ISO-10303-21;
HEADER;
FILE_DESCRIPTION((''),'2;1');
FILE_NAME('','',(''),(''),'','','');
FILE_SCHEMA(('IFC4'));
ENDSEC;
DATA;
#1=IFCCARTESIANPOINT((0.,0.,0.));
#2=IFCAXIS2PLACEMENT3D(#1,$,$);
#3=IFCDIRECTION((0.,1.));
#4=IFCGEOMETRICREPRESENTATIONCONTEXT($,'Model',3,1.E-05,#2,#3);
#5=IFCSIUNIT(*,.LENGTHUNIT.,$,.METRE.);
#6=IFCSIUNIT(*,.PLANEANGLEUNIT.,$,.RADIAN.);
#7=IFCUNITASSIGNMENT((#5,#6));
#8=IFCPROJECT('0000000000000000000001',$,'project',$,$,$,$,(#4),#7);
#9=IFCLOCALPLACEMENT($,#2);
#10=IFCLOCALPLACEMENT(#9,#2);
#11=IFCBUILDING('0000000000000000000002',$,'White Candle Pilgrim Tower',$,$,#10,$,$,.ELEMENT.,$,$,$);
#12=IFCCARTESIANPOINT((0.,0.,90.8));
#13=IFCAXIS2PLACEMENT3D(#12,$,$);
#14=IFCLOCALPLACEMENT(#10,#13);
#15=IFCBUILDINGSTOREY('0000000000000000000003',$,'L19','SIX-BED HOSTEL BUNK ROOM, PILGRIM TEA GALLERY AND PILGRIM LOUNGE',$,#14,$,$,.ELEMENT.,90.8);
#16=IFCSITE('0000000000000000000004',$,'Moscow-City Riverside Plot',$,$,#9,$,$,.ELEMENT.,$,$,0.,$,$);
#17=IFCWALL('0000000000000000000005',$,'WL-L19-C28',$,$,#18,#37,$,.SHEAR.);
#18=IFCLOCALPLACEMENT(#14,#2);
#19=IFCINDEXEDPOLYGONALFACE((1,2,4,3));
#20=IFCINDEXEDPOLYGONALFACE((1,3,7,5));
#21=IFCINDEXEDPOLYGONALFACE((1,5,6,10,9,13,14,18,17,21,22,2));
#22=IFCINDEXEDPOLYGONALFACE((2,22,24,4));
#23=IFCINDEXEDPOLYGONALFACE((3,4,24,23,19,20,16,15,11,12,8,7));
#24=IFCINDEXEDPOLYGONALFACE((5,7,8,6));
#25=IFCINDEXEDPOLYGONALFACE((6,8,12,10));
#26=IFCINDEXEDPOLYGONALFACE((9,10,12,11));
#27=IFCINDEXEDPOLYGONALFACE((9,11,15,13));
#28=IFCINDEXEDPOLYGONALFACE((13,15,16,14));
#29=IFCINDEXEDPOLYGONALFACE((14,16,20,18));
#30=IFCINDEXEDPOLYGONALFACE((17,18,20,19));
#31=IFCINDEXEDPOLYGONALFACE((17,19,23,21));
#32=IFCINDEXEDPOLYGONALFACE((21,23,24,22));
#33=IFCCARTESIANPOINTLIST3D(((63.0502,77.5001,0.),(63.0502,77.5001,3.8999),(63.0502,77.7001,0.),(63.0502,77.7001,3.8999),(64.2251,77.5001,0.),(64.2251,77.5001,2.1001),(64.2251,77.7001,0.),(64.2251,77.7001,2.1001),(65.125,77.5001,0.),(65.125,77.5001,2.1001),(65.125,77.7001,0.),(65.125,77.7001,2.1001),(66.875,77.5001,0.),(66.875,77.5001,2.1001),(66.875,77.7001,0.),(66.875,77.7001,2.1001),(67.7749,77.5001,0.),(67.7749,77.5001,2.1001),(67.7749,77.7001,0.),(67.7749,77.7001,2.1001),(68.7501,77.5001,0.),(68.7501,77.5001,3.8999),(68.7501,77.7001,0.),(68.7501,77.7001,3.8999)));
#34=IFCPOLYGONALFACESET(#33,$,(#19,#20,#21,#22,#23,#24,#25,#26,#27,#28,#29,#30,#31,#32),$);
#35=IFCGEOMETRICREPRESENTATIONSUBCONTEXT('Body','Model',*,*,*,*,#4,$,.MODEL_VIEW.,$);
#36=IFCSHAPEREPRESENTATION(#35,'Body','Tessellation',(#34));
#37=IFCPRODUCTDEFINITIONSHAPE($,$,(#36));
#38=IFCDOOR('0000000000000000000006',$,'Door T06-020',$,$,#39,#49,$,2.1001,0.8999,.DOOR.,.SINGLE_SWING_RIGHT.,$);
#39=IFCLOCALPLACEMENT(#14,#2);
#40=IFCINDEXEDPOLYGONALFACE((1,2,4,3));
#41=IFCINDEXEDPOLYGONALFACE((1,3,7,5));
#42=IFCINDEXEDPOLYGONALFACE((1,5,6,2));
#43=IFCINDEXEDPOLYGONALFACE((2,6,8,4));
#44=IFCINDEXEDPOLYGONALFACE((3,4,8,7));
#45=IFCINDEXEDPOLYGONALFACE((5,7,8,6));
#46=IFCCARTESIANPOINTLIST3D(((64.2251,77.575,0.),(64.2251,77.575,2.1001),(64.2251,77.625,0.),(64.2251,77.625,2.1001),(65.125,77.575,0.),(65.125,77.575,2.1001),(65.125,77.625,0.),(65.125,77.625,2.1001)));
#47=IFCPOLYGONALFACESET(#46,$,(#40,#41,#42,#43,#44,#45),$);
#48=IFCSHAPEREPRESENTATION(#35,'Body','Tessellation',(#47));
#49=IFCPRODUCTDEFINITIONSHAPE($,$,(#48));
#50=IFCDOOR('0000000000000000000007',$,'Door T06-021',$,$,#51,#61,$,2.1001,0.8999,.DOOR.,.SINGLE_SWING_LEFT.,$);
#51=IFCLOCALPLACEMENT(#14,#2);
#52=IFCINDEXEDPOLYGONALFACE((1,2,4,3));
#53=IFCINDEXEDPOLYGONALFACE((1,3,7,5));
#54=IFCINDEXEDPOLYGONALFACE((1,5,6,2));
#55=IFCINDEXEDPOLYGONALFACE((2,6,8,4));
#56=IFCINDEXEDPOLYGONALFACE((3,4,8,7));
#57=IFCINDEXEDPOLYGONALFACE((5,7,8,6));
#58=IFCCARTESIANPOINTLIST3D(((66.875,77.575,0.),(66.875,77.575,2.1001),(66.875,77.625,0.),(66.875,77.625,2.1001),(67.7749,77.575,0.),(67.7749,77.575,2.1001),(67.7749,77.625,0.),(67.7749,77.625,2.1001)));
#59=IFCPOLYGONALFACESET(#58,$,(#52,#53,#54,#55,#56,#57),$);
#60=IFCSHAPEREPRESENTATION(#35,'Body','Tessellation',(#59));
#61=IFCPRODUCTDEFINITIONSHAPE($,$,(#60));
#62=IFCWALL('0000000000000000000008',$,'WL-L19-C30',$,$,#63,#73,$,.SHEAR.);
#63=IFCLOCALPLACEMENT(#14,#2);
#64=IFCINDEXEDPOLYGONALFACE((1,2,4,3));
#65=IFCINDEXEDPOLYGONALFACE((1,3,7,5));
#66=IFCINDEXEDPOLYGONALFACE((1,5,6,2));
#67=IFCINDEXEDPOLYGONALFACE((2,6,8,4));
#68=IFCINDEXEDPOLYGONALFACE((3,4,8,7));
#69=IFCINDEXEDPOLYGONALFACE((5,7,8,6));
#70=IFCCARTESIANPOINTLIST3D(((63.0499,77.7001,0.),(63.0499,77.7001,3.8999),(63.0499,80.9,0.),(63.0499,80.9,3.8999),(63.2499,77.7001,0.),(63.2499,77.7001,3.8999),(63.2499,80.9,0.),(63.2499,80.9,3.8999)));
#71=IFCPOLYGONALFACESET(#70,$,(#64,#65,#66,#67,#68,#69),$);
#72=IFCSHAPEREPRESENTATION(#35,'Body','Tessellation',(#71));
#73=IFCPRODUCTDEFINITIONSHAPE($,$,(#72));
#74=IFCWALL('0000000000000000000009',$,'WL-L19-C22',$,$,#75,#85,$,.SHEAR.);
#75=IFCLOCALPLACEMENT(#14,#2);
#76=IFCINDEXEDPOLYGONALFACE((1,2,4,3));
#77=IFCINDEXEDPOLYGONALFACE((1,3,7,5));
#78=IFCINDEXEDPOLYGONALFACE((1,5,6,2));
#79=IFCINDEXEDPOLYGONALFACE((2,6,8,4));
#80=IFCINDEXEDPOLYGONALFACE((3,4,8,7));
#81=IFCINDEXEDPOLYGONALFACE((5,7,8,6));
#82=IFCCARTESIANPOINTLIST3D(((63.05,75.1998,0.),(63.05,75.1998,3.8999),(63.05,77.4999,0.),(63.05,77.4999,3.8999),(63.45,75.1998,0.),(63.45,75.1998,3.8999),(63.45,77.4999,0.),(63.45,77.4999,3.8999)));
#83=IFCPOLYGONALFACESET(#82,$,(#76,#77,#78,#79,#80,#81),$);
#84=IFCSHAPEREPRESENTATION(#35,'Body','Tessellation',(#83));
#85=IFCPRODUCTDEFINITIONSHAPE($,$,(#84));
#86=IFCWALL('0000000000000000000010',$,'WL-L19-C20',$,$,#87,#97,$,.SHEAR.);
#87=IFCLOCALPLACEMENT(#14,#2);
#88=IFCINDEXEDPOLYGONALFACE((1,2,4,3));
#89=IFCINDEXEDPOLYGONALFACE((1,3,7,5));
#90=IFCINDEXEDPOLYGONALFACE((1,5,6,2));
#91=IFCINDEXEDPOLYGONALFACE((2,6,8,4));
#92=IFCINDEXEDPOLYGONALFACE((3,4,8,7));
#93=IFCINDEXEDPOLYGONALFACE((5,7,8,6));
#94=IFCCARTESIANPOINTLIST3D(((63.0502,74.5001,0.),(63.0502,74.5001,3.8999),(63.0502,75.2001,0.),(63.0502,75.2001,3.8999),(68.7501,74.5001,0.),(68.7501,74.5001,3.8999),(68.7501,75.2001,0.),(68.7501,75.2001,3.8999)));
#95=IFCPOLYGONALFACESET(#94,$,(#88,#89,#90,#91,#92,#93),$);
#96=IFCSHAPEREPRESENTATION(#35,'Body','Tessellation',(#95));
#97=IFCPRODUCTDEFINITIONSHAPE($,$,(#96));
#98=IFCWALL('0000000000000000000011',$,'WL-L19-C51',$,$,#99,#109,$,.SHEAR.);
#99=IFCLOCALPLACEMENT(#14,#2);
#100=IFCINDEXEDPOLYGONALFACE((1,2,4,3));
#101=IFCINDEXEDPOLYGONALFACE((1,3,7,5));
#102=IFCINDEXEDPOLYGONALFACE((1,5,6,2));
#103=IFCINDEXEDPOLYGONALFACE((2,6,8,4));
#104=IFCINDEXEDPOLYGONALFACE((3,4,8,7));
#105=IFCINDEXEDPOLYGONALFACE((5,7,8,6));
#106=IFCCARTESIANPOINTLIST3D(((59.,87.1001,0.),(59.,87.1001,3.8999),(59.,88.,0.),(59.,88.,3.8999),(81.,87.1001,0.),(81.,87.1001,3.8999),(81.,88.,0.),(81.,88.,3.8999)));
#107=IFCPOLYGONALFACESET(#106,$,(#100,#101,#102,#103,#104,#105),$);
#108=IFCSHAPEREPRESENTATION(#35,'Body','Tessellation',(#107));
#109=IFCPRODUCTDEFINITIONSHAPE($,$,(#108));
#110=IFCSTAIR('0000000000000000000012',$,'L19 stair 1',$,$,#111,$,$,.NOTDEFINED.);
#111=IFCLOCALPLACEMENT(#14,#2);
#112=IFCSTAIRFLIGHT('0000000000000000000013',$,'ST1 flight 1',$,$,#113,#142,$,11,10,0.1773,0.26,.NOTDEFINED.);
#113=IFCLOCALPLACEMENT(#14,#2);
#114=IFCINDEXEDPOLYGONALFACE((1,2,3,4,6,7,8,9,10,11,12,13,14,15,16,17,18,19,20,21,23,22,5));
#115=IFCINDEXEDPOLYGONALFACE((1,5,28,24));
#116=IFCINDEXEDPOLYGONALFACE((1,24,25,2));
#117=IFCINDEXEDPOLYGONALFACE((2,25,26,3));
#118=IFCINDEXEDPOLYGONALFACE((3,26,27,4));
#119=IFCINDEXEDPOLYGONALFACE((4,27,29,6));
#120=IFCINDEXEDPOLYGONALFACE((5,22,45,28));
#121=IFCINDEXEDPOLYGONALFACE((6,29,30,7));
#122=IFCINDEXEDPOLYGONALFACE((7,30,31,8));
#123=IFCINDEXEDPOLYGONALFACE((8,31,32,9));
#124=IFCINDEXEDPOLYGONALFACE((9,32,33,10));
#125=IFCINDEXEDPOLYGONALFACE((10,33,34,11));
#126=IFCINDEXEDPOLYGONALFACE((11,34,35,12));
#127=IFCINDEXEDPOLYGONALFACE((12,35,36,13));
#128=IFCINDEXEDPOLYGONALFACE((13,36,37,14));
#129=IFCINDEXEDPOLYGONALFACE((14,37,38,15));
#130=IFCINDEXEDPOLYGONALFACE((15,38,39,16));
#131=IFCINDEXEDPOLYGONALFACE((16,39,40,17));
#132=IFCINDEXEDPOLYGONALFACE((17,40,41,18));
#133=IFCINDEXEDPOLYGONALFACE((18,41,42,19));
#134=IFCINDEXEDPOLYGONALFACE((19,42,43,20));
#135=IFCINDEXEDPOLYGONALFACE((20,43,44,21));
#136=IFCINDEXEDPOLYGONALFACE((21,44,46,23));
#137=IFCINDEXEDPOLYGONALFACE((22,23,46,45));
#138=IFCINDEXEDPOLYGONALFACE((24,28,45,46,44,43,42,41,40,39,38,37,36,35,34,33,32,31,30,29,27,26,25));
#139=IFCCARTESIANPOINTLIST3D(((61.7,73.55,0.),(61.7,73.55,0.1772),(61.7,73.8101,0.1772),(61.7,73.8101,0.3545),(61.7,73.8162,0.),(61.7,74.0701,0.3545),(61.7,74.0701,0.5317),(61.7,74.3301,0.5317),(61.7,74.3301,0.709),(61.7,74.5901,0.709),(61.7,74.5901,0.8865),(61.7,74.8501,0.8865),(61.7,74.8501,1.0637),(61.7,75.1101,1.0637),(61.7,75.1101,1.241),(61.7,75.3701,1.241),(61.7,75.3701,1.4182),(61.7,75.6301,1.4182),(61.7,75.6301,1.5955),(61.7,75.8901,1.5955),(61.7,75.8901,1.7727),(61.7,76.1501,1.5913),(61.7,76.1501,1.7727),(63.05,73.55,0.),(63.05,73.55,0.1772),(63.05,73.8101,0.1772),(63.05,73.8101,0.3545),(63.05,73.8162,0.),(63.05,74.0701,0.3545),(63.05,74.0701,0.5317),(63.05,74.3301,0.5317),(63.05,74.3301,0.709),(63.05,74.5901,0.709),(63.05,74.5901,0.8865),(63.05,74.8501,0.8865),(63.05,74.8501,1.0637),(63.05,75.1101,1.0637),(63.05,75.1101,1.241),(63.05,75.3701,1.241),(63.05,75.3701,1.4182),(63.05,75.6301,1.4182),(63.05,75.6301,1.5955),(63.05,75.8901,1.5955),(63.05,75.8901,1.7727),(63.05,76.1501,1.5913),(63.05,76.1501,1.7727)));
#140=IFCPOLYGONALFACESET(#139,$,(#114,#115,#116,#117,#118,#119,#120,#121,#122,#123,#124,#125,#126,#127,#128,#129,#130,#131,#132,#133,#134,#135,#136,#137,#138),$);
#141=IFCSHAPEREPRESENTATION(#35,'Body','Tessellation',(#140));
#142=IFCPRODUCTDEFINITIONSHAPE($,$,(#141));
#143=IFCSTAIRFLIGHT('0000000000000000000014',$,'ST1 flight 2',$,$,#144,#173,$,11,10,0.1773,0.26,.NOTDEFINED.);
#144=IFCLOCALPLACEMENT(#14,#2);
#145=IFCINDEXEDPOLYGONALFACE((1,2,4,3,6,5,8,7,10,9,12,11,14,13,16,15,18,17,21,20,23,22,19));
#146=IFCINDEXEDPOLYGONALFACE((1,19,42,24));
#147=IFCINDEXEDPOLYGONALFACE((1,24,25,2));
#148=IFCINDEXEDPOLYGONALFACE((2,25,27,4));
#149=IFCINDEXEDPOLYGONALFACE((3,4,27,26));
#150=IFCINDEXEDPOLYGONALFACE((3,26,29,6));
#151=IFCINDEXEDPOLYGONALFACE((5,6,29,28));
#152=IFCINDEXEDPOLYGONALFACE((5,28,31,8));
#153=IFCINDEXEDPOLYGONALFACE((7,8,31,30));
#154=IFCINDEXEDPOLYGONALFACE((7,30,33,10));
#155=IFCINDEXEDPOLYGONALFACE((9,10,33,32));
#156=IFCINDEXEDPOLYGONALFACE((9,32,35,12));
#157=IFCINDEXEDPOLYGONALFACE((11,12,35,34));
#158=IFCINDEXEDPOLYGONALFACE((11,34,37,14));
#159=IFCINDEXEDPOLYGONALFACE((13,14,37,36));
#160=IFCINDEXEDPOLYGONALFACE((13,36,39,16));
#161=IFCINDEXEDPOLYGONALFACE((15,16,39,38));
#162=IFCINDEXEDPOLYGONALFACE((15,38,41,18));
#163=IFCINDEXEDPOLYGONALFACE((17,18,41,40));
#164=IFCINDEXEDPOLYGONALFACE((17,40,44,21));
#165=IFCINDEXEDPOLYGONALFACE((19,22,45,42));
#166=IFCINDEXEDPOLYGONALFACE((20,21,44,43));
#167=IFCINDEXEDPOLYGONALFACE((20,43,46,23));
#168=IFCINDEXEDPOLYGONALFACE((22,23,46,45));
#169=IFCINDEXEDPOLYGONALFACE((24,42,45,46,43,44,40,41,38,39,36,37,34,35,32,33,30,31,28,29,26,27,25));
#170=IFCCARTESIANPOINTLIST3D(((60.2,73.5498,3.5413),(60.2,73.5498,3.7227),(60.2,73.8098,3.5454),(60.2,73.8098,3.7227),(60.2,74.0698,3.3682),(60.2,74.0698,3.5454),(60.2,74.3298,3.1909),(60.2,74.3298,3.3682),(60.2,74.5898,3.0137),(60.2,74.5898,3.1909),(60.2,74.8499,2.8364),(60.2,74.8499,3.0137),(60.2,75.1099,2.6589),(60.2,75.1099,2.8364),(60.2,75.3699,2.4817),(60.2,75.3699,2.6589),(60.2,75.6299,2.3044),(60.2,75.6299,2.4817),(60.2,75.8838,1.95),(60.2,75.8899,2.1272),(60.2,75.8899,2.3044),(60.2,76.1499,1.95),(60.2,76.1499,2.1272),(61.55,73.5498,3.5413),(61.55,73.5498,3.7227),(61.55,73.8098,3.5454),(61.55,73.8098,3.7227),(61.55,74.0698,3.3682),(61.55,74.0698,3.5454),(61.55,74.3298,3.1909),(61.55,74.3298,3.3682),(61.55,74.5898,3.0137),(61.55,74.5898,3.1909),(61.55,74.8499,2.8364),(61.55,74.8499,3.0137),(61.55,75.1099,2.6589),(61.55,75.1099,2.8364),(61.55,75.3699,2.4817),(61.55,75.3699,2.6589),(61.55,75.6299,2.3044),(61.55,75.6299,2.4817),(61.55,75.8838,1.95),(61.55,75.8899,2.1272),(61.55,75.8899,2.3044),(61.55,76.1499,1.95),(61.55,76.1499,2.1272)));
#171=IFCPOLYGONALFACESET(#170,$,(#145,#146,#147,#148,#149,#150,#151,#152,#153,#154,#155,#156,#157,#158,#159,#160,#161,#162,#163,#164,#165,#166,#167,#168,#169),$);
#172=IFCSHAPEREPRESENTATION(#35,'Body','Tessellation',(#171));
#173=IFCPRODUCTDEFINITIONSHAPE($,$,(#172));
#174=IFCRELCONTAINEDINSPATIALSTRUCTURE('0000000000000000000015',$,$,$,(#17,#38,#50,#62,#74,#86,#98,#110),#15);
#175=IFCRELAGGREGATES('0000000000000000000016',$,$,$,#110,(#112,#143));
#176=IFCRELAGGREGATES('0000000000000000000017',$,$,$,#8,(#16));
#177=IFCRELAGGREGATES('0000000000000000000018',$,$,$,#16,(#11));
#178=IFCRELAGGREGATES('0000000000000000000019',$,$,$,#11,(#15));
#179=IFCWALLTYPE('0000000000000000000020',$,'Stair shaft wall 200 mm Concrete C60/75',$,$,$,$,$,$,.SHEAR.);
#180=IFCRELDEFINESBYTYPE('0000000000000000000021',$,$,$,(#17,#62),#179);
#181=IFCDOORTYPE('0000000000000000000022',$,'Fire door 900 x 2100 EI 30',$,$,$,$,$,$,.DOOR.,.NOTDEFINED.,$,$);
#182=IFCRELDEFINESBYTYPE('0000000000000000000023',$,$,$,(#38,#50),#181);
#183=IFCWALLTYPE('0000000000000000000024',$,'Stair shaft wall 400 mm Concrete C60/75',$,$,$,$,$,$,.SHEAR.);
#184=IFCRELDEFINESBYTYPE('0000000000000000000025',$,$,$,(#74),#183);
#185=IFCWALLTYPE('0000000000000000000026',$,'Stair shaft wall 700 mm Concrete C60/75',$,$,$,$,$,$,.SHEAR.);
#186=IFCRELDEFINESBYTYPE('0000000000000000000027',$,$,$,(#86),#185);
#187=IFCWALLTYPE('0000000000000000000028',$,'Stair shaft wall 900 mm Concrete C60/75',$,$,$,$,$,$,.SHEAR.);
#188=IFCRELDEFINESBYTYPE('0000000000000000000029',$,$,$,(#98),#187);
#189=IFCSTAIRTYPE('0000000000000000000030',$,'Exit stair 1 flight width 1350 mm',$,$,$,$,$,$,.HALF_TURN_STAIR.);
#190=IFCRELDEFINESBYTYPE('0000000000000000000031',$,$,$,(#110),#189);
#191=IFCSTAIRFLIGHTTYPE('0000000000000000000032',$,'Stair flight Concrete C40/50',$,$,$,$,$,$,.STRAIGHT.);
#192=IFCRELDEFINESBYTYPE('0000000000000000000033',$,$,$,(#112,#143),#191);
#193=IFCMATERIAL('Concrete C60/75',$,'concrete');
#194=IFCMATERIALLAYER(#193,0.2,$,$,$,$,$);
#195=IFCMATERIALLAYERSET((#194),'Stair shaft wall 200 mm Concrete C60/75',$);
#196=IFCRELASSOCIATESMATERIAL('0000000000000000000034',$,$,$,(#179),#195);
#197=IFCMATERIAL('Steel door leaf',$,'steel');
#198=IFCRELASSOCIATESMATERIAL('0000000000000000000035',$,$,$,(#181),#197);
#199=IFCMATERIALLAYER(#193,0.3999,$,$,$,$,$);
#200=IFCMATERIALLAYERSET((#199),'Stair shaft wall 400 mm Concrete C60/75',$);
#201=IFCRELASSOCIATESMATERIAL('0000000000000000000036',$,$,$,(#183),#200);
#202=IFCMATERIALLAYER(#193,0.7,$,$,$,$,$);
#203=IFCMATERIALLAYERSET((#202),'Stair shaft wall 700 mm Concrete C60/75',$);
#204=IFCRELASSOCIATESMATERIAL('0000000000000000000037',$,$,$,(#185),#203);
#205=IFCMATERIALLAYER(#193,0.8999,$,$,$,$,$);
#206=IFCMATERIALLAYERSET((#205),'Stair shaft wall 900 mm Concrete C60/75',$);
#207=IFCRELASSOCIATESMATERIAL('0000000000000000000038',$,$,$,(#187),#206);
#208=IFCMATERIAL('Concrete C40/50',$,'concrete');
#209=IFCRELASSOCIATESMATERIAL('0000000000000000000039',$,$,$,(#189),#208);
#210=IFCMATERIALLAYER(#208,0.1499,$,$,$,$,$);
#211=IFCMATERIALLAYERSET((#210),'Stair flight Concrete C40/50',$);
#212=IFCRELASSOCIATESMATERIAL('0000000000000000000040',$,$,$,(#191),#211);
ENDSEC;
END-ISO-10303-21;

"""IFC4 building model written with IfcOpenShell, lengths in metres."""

from ifc_helpers import new_model, si_unit, direction, frame, frame_2d, origin, place, context, subcontext, project, spatial, polyline, rectangle, outline, extrude, material, layer, layer_set, type_object, element, fill, aggregate, save


model = new_model("IFC4")

# Units and contexts
model_context = context("Model", 3, precision=1e-05, world=origin(), true_north=direction((0.0, 1.0)))
body_context = subcontext(model_context, "Body", "Model", "MODEL_VIEW")
ifc_project = project(units=[si_unit("LENGTHUNIT", "METRE"), si_unit("PLANEANGLEUNIT", "RADIAN")], contexts=[model_context])

# Site, building, storey
site_placement = place(None, origin())
site = spatial("IfcSite", under=ifc_project, at=site_placement, Name="Moscow-City Riverside Plot", CompositionType="ELEMENT", RefElevation=0.0)
building_placement = place(site_placement, origin())
building = spatial("IfcBuilding", under=site, at=building_placement, Name="White Candle Pilgrim Tower", CompositionType="ELEMENT")
storey_placement = place(building_placement, frame((0.0, 0.0, 90.8)))
storey = spatial("IfcBuildingStorey", under=building, at=storey_placement, Name="L19", Description="SIX-BED HOSTEL BUNK ROOM, PILGRIM TEA GALLERY AND PILGRIM LOUNGE", CompositionType="ELEMENT", Elevation=90.8)

# Shared definitions
ifc_material_1 = material(Name="Concrete C60/75", Category="concrete")
ifc_material_2 = material(Name="Steel door leaf", Category="steel")

# Wall, openings, doors
ifc_layer_1 = layer(ifc_material_1, 0.2)
ifc_layer_set_1 = layer_set([ifc_layer_1], Name="Stair shaft wall 200 mm Concrete C60/75")
wall_type_1 = type_object("IfcWallType", Name="Stair shaft wall 200 mm Concrete C60/75", PredefinedType="SHEAR", material=ifc_layer_set_1)
wall_1_placement = place(storey_placement, frame((63.05, 77.6001, 0.0), z_axis=(0.0, 0.0, 1.0), x_axis=(1.0, 0.0, 0.0)))
wall_1 = element("IfcWall", 1, at=wall_1_placement, inside=storey, type_object=wall_type_1, Name="WL-L19-C28", PredefinedType="SHEAR", context=body_context, shape_type="SweptSolid", body=[
    extrude(rectangle(XDim=5.7, YDim=0.2, at=frame_2d((2.8501, 0.0))), origin(), (0.0, 0.0, 1.0), 3.8999),
])
opening_1_placement = place(wall_1_placement, frame((1.175, 0.0, 0.0)))
opening_1 = element("IfcOpeningElement", 2, at=opening_1_placement, cuts=wall_1, PredefinedType="OPENING", context=body_context, shape_type="SweptSolid", body=[
    extrude(rectangle(XDim=0.8999, YDim=2.1001, at=frame_2d((0.45, 1.05))), frame((0.0, 0.1099, 0.0), z_axis=(0.0, -1.0, 0.0), x_axis=(1.0, 0.0, 0.0)), (0.0, 0.0, 1.0), 0.22),
])
opening_2_placement = place(wall_1_placement, frame((3.825, 0.0, 0.0)))
opening_2 = element("IfcOpeningElement", 3, at=opening_2_placement, cuts=wall_1, PredefinedType="OPENING", context=body_context, shape_type="SweptSolid", body=[
    extrude(rectangle(XDim=0.8999, YDim=2.1001, at=frame_2d((0.45, 1.05))), frame((0.0, 0.1099, 0.0), z_axis=(0.0, -1.0, 0.0), x_axis=(1.0, 0.0, 0.0)), (0.0, 0.0, 1.0), 0.22),
])
door_type_1 = type_object("IfcDoorType", Name="Fire door 900 x 2100 EI 30", OperationType="NOTDEFINED", PredefinedType="DOOR", material=ifc_material_2)
door_1_placement = place(opening_1_placement, origin())
door_1 = element("IfcDoor", 4, at=door_1_placement, inside=storey, type_object=door_type_1, Name="Door T06-020", OperationType="SINGLE_SWING_RIGHT", OverallHeight=2.1001, OverallWidth=0.8999, PredefinedType="DOOR", context=body_context, shape_type="SweptSolid", body=[
    extrude(rectangle(XDim=0.8999, YDim=2.1001, at=frame_2d((0.45, 1.05))), frame((0.0, 0.0249, 0.0), z_axis=(0.0, -1.0, 0.0), x_axis=(1.0, 0.0, 0.0)), (0.0, 0.0, 1.0), 0.05),
])
fill(opening_1, door_1)
door_2_placement = place(opening_2_placement, origin())
door_2 = element("IfcDoor", 5, at=door_2_placement, inside=storey, type_object=door_type_1, Name="Door T06-021", OperationType="SINGLE_SWING_LEFT", OverallHeight=2.1001, OverallWidth=0.8999, PredefinedType="DOOR", context=body_context, shape_type="SweptSolid", body=[
    extrude(rectangle(XDim=0.8999, YDim=2.1001, at=frame_2d((0.45, 1.05))), frame((0.0, 0.0249, 0.0), z_axis=(0.0, -1.0, 0.0), x_axis=(1.0, 0.0, 0.0)), (0.0, 0.0, 1.0), 0.05),
])
fill(opening_2, door_2)

# Walls
wall_2_placement = place(storey_placement, frame((63.1499, 77.7, 0.0), z_axis=(0.0, 0.0, 1.0), x_axis=(0.0, 1.0, 0.0)))
element("IfcWall", 6, at=wall_2_placement, inside=storey, type_object=wall_type_1, Name="WL-L19-C30", PredefinedType="SHEAR", context=body_context, shape_type="SweptSolid", body=[
    extrude(rectangle(XDim=3.2, YDim=0.2, at=frame_2d((1.6001, 0.0))), origin(), (0.0, 0.0, 1.0), 3.8999),
])
ifc_layer_2 = layer(ifc_material_1, 0.3999)
ifc_layer_set_2 = layer_set([ifc_layer_2], Name="Stair shaft wall 400 mm Concrete C60/75")
wall_type_2 = type_object("IfcWallType", Name="Stair shaft wall 400 mm Concrete C60/75", PredefinedType="SHEAR", material=ifc_layer_set_2)
wall_3_placement = place(storey_placement, frame((63.25, 75.2, 0.0), z_axis=(0.0, 0.0, 1.0), x_axis=(0.0, 1.0, 0.0)))
element("IfcWall", 7, at=wall_3_placement, inside=storey, type_object=wall_type_2, Name="WL-L19-C22", PredefinedType="SHEAR", context=body_context, shape_type="SweptSolid", body=[
    extrude(rectangle(XDim=2.3, YDim=0.3999, at=frame_2d((1.1499, 0.0))), origin(), (0.0, 0.0, 1.0), 3.8999),
])
ifc_layer_3 = layer(ifc_material_1, 0.7)
ifc_layer_set_3 = layer_set([ifc_layer_3], Name="Stair shaft wall 700 mm Concrete C60/75")
wall_type_3 = type_object("IfcWallType", Name="Stair shaft wall 700 mm Concrete C60/75", PredefinedType="SHEAR", material=ifc_layer_set_3)
wall_4_placement = place(storey_placement, frame((63.05, 74.8501, 0.0), z_axis=(0.0, 0.0, 1.0), x_axis=(1.0, 0.0, 0.0)))
element("IfcWall", 8, at=wall_4_placement, inside=storey, type_object=wall_type_3, Name="WL-L19-C20", PredefinedType="SHEAR", context=body_context, shape_type="SweptSolid", body=[
    extrude(rectangle(XDim=5.7, YDim=0.7, at=frame_2d((2.8501, 0.0))), origin(), (0.0, 0.0, 1.0), 3.8999),
])
ifc_layer_4 = layer(ifc_material_1, 0.8999)
ifc_layer_set_4 = layer_set([ifc_layer_4], Name="Stair shaft wall 900 mm Concrete C60/75")
wall_type_4 = type_object("IfcWallType", Name="Stair shaft wall 900 mm Concrete C60/75", PredefinedType="SHEAR", material=ifc_layer_set_4)
wall_5_placement = place(storey_placement, frame((59.0, 87.55, 0.0), z_axis=(0.0, 0.0, 1.0), x_axis=(1.0, 0.0, 0.0)))
element("IfcWall", 9, at=wall_5_placement, inside=storey, type_object=wall_type_4, Name="WL-L19-C51", PredefinedType="SHEAR", context=body_context, shape_type="SweptSolid", body=[
    extrude(rectangle(XDim=22.0, YDim=0.8999, at=frame_2d((11.0, 0.0))), origin(), (0.0, 0.0, 1.0), 3.8999),
])

# Stair, stair flights
ifc_material_3 = material(Name="Concrete C40/50", Category="concrete")
stair_type = type_object("IfcStairType", Name="Exit stair 1 flight width 1350 mm", PredefinedType="HALF_TURN_STAIR", material=ifc_material_3)
stair_placement = place(storey_placement, origin())
stair = element("IfcStair", 10, at=stair_placement, inside=storey, type_object=stair_type, Name="L19 stair 1", PredefinedType="NOTDEFINED")
ifc_layer_5 = layer(ifc_material_3, 0.1499)
ifc_layer_set_5 = layer_set([ifc_layer_5], Name="Stair flight Concrete C40/50")
stair_flight_type = type_object("IfcStairFlightType", Name="Stair flight Concrete C40/50", PredefinedType="STRAIGHT", material=ifc_layer_set_5)
stair_flight_1_placement = place(storey_placement, frame((62.375, 73.55, 0.0), z_axis=(0.0, 0.0, 1.0), x_axis=(0.0, 1.0, 0.0)))
stair_flight_1 = element("IfcStairFlight", 11, at=stair_flight_1_placement, type_object=stair_flight_type, Name="ST1 flight 1", NumberOfRisers=11, NumberOfTreads=10, PredefinedType="NOTDEFINED", RiserHeight=0.1773, TreadLength=0.26, context=body_context, shape_type="SweptSolid", body=[
    extrude(outline(polyline([(0.0, 0.0), (0.0, 0.1772), (0.26, 0.1772), (0.26, 0.3545), (0.52, 0.3545), (0.52, 0.5317), (0.78, 0.5317), (0.78, 0.709), (1.04, 0.709), (1.04, 0.8865), (1.3, 0.8865), (1.3, 1.0637), (1.5601, 1.0637), (1.5601, 1.241), (1.8201, 1.241), (1.8201, 1.4182), (2.0801, 1.4182), (2.0801, 1.5955), (2.3401, 1.5955), (2.3401, 1.7727), (2.6001, 1.7727), (2.6001, 1.95), (2.6001, 1.5913), (0.2661, 0.0), (0.0, 0.0)])), frame((0.0, 0.675, 0.0), z_axis=(0.0, -1.0, 0.0), x_axis=(1.0, 0.0, 0.0)), (0.0, 0.0, 1.0), 1.3501),
])
stair_flight_2_placement = place(storey_placement, frame((60.875, 76.1499, 1.95), z_axis=(0.0, 0.0, 1.0), x_axis=(0.0, -1.0, 0.0)))
stair_flight_2 = element("IfcStairFlight", 12, at=stair_flight_2_placement, type_object=stair_flight_type, Name="ST1 flight 2", NumberOfRisers=11, NumberOfTreads=10, PredefinedType="NOTDEFINED", RiserHeight=0.1773, TreadLength=0.26, context=body_context, shape_type="SweptSolid", body=[
    extrude(outline(polyline([(0.0, 0.0), (0.0, 0.1772), (0.26, 0.1772), (0.26, 0.3545), (0.52, 0.3545), (0.52, 0.5317), (0.78, 0.5317), (0.78, 0.709), (1.04, 0.709), (1.04, 0.8865), (1.3, 0.8865), (1.3, 1.0637), (1.5601, 1.0637), (1.5601, 1.241), (1.8201, 1.241), (1.8201, 1.4182), (2.0801, 1.4182), (2.0801, 1.5955), (2.3401, 1.5955), (2.3401, 1.7727), (2.6001, 1.7727), (2.6001, 1.95), (2.6001, 1.5913), (0.2661, 0.0), (0.0, 0.0)])), frame((0.0, 0.675, 0.0), z_axis=(0.0, -1.0, 0.0), x_axis=(1.0, 0.0, 0.0)), (0.0, 0.0, 1.0), 1.3501),
])
aggregate(stair, [stair_flight_1, stair_flight_2])

save(model, "model.ifc")
